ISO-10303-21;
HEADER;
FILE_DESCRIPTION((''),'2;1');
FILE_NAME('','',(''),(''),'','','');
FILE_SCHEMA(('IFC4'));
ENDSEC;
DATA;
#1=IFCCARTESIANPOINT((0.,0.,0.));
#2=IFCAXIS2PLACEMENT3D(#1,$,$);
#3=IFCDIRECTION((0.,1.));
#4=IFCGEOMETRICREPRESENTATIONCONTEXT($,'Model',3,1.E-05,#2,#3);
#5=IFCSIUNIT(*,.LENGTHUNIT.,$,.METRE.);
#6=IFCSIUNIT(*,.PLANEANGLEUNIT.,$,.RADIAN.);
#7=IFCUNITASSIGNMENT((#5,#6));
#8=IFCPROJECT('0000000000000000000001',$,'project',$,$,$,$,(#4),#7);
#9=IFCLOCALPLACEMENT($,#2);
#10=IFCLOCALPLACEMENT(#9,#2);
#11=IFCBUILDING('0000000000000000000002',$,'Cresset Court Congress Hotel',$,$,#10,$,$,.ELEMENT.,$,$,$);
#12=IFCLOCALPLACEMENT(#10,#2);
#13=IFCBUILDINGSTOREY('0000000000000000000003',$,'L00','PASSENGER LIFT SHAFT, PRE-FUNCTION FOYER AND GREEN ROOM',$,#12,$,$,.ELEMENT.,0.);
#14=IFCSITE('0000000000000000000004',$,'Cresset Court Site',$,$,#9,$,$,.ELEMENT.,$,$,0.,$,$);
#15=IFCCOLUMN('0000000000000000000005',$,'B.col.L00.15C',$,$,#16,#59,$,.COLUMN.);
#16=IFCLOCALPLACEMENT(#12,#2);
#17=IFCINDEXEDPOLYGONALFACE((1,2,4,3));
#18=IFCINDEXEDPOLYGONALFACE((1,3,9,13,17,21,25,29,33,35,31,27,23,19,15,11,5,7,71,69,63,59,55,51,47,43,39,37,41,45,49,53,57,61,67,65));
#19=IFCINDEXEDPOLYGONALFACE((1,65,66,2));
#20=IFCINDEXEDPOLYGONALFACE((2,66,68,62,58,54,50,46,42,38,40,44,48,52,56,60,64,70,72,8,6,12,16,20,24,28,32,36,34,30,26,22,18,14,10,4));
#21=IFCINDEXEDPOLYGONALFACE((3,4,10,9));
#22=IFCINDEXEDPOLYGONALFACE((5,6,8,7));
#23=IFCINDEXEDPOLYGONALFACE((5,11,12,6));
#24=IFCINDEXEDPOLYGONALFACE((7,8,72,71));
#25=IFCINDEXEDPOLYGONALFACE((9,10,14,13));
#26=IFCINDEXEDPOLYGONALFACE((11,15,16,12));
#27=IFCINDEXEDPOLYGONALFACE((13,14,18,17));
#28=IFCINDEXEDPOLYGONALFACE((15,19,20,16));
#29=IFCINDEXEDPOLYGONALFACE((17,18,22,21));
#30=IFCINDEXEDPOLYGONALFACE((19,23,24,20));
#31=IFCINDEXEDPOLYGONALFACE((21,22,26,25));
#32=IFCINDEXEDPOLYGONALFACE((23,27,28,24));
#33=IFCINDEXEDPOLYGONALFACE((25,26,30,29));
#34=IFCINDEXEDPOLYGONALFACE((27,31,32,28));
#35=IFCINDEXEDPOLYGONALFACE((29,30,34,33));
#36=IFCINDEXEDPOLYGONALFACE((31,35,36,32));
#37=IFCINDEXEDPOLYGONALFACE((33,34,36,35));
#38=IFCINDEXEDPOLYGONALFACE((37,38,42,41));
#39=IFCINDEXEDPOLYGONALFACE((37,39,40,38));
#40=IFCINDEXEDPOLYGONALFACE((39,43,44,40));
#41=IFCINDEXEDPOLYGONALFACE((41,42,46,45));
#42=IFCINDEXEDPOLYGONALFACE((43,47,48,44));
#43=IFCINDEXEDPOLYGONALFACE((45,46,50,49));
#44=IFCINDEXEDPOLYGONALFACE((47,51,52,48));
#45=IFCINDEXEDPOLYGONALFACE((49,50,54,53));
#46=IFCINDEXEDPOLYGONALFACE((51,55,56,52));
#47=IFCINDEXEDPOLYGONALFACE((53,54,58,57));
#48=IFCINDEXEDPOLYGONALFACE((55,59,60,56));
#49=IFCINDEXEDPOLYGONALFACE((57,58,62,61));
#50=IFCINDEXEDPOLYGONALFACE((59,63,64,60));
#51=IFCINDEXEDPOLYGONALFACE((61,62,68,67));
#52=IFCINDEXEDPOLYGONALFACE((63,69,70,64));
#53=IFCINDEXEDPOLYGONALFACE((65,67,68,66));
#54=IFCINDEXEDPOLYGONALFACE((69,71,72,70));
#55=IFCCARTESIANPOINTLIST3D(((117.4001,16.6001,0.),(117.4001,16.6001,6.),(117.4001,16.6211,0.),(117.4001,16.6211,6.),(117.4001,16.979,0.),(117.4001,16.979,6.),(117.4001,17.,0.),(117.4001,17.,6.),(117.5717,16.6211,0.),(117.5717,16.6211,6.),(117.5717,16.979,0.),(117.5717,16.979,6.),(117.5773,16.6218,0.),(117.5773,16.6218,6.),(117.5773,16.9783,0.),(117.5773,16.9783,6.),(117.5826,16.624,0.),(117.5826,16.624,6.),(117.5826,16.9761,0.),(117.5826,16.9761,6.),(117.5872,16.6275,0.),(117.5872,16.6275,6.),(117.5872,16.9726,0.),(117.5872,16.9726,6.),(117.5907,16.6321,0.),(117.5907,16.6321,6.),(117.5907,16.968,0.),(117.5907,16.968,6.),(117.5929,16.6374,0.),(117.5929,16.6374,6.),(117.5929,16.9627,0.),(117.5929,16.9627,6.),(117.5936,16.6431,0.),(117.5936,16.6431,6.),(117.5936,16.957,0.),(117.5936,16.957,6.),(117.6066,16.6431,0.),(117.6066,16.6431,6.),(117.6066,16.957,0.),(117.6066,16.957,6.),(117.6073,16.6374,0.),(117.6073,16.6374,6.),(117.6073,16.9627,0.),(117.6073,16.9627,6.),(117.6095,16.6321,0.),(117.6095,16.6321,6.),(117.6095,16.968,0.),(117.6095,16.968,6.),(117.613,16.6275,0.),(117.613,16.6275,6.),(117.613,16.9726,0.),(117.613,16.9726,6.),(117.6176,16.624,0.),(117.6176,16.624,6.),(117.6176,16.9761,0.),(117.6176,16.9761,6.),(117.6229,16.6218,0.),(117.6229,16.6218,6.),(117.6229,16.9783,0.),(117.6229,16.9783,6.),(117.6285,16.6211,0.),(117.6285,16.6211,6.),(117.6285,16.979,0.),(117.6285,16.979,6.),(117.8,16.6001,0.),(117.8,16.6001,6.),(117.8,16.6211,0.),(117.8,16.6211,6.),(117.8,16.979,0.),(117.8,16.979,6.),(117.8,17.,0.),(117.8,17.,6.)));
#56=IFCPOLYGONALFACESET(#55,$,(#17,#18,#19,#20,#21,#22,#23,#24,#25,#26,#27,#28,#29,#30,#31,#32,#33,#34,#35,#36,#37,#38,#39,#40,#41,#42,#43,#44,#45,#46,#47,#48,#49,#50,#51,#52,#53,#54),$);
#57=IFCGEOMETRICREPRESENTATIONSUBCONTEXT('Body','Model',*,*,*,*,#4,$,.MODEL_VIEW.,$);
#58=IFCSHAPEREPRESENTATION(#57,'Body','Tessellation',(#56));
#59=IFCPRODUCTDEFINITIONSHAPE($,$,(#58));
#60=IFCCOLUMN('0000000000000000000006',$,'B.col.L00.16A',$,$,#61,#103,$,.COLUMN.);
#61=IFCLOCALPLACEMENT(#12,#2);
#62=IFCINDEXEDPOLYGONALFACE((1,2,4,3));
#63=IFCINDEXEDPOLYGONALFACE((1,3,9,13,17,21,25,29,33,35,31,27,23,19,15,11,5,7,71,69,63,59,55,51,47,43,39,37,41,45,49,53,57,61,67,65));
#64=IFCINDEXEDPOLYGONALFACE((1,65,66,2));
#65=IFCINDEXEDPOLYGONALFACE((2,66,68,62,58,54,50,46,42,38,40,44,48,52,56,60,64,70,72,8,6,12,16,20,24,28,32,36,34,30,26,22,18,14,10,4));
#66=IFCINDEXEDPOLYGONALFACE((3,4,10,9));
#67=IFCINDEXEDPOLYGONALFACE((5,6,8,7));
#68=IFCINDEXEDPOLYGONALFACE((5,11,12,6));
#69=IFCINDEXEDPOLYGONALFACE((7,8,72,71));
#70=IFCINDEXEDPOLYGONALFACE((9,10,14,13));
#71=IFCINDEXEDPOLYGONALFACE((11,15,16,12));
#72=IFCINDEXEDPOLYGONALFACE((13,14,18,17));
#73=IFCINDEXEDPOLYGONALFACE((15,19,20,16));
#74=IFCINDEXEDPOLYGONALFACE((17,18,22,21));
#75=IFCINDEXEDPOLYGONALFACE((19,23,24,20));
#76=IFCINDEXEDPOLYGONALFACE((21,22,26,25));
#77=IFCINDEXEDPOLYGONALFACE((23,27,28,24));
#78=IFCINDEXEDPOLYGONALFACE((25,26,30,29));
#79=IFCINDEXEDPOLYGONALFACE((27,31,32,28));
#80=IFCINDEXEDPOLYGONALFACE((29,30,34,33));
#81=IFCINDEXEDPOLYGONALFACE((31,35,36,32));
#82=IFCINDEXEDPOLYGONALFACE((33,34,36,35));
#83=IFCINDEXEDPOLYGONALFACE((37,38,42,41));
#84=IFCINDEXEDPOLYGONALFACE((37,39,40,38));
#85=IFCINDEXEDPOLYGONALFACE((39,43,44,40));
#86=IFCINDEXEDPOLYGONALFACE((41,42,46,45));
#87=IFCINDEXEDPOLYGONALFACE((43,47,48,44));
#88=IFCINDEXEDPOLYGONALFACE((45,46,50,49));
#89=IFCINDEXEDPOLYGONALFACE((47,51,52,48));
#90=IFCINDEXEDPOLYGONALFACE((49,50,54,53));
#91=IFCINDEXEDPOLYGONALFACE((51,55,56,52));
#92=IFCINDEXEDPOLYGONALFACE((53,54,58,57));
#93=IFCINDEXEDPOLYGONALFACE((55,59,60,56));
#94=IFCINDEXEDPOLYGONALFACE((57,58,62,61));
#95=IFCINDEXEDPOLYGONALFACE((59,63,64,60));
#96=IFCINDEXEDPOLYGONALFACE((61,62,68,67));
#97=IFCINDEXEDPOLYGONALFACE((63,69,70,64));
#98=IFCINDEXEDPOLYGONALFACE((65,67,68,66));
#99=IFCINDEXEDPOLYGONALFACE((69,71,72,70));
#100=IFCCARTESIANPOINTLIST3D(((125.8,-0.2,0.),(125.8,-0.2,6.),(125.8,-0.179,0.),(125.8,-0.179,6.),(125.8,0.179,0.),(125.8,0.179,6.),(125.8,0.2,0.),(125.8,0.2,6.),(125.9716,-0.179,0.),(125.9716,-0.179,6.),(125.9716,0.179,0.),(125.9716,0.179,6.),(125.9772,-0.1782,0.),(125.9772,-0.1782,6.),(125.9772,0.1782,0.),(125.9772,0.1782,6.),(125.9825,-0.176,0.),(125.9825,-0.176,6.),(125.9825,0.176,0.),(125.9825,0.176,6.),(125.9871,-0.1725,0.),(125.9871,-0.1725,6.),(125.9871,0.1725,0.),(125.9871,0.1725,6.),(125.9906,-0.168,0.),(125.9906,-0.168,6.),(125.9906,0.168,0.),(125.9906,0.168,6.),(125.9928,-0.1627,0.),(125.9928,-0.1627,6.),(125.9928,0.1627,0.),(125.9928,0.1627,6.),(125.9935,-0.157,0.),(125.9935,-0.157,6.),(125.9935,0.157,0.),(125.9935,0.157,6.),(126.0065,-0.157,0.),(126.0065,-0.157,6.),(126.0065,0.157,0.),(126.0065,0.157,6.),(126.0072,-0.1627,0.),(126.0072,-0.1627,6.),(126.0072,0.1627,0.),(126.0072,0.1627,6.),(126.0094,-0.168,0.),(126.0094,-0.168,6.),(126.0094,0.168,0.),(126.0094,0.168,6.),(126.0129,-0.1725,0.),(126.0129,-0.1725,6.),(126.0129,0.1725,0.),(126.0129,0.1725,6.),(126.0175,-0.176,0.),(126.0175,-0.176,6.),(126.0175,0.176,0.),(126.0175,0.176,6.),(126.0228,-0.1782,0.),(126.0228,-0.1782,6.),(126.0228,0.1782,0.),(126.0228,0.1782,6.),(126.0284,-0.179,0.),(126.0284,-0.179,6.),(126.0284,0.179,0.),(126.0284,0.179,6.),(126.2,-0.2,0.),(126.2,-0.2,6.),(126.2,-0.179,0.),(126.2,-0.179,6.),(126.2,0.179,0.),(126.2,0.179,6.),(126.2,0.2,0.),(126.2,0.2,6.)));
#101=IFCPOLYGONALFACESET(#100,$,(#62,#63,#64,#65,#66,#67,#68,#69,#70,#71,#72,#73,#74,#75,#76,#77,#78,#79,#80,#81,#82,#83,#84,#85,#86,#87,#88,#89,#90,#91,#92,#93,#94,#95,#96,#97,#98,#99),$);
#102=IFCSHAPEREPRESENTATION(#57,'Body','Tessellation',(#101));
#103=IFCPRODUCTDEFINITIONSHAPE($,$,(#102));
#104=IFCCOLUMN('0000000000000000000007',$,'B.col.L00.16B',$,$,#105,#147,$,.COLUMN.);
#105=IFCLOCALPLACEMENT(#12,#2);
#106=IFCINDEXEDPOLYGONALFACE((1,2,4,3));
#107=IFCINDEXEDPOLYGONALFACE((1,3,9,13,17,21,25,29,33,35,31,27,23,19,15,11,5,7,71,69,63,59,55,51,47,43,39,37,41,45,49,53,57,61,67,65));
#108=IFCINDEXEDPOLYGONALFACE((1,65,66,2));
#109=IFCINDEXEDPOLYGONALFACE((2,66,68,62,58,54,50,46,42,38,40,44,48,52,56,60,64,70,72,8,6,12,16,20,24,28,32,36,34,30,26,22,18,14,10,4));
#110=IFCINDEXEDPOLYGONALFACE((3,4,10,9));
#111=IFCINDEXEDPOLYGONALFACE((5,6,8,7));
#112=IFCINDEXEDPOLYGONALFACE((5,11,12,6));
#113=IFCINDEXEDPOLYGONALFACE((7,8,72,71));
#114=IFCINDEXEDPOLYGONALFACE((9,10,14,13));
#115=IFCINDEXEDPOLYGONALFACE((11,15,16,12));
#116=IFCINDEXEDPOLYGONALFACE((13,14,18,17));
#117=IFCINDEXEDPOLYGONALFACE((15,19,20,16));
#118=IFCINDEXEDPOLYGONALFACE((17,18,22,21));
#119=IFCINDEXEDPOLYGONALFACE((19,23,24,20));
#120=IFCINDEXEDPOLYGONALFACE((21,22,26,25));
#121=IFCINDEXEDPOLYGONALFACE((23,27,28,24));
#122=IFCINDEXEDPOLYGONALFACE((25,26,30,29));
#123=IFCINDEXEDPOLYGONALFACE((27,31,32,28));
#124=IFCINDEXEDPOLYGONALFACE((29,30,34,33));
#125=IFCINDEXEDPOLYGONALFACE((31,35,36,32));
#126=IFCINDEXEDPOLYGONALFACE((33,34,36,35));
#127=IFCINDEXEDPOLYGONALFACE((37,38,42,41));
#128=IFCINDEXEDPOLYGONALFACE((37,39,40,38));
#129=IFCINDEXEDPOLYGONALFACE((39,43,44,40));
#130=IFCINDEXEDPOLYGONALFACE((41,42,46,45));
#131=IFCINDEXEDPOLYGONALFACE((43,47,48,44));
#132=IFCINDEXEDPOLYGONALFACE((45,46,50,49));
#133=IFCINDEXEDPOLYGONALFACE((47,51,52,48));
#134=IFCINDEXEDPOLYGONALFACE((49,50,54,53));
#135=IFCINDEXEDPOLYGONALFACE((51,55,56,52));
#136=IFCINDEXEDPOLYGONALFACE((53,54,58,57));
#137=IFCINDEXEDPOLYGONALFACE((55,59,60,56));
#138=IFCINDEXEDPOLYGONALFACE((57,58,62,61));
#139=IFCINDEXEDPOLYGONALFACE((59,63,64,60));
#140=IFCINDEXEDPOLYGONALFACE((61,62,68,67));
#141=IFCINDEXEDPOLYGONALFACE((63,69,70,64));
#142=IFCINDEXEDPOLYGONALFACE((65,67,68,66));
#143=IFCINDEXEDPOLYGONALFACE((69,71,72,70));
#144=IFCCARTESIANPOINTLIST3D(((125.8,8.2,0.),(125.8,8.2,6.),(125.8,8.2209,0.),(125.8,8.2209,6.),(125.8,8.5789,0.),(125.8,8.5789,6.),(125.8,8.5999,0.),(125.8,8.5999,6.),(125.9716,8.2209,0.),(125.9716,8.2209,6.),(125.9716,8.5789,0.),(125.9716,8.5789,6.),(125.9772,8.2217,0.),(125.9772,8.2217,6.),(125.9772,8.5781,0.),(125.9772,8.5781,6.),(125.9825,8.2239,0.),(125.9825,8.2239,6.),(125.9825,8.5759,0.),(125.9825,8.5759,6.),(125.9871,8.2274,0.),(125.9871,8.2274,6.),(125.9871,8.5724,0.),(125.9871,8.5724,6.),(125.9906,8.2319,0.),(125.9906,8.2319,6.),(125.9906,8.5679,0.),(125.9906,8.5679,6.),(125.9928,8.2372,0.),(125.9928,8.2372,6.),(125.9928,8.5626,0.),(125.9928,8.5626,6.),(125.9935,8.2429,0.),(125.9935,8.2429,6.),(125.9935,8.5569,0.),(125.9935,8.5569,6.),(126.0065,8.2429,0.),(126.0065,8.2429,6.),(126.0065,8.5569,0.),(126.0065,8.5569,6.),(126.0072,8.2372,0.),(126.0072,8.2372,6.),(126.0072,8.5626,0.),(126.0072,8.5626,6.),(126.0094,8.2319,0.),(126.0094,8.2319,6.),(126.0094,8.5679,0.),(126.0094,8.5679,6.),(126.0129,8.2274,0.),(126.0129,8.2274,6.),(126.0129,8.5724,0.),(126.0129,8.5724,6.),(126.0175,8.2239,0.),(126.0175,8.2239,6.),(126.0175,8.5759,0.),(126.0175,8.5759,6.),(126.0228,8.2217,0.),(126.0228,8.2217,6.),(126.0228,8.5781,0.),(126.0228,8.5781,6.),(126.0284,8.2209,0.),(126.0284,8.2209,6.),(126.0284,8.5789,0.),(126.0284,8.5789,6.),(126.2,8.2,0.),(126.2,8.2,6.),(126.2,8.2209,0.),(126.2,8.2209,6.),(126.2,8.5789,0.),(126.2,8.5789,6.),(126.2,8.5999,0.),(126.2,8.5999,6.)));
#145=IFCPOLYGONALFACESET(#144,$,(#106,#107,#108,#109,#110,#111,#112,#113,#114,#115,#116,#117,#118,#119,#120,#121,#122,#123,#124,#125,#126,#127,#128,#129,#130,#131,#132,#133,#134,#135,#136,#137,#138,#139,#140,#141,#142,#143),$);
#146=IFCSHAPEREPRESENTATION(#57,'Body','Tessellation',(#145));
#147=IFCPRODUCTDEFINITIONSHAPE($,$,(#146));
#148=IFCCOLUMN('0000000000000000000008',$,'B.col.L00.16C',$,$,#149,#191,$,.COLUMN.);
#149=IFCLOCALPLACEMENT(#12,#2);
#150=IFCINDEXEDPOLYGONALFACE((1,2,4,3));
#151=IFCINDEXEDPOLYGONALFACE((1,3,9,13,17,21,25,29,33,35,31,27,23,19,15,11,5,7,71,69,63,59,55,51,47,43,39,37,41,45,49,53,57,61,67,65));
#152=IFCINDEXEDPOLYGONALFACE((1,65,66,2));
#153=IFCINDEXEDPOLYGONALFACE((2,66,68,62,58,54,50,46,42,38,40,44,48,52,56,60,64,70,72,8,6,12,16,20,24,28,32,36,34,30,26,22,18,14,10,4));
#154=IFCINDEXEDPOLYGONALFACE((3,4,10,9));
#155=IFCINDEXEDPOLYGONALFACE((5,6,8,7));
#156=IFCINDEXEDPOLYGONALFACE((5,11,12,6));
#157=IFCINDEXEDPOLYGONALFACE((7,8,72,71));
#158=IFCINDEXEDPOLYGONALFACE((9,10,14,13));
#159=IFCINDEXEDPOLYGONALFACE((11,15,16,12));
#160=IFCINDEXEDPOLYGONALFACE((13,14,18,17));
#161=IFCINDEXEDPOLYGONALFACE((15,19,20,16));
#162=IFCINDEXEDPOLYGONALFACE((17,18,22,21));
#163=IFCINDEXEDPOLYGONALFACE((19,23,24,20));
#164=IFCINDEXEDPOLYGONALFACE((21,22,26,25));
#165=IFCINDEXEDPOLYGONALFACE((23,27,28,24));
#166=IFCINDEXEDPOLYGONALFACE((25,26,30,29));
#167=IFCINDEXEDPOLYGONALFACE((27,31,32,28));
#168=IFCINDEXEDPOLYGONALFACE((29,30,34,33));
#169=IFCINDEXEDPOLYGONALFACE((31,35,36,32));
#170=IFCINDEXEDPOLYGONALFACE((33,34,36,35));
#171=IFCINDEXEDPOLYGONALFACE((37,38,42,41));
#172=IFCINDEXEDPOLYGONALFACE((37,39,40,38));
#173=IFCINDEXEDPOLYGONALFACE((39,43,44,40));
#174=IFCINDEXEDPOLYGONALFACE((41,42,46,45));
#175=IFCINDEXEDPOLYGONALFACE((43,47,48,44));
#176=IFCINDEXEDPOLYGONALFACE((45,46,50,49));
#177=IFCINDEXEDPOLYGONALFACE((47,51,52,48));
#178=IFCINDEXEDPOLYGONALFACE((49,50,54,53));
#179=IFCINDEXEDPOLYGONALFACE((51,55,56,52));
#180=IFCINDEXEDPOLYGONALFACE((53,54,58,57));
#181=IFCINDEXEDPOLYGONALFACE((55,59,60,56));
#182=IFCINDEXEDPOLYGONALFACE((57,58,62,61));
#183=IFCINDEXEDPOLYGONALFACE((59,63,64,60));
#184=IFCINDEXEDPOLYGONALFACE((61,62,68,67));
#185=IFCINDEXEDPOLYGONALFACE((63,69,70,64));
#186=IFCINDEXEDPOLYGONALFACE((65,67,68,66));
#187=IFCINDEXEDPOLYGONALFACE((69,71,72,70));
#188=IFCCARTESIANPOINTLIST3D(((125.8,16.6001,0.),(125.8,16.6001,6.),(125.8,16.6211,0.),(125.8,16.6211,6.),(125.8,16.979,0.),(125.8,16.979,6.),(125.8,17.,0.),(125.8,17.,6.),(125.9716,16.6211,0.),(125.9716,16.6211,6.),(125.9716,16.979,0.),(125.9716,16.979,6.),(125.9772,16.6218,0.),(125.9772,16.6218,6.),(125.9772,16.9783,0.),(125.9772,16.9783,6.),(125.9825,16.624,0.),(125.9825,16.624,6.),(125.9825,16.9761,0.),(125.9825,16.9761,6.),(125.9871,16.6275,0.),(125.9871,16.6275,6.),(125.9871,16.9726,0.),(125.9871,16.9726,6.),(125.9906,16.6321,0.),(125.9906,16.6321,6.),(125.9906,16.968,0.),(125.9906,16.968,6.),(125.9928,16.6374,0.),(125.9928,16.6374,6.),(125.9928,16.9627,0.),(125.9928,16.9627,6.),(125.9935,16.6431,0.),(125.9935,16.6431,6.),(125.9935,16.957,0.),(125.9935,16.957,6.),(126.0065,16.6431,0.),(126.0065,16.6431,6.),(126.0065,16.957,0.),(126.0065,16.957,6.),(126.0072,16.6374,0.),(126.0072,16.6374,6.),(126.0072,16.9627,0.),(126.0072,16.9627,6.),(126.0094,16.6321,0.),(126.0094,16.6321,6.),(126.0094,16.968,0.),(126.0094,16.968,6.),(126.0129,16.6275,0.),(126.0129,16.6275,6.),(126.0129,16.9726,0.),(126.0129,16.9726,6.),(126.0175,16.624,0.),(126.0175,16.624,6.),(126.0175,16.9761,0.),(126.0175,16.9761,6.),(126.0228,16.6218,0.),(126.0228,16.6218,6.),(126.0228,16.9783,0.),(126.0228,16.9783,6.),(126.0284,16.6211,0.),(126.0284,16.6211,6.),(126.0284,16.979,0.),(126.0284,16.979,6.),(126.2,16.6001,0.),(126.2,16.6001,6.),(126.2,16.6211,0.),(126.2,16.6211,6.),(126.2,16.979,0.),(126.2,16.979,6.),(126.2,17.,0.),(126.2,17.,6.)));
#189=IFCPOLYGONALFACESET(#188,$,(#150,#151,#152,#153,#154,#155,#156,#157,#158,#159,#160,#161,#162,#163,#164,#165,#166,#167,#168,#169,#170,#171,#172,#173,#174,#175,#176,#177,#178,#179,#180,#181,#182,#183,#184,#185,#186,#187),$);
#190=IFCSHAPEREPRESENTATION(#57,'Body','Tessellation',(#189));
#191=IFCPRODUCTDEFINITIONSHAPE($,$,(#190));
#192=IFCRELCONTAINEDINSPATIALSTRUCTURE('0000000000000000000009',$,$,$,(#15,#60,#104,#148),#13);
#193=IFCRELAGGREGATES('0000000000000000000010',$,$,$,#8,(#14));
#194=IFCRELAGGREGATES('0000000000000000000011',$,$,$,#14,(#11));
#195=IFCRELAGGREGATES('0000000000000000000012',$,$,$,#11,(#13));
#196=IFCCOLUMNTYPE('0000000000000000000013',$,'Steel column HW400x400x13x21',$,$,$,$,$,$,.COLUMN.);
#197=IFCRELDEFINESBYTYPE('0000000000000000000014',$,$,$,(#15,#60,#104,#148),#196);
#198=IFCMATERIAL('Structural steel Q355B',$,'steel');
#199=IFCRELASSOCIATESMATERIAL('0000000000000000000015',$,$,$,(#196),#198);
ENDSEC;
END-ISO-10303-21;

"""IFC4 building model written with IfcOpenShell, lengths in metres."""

from ifc_helpers import new_model, si_unit, direction, frame, origin, origin_2d, place, context, subcontext, project, spatial, i_section, extrude, material, material_profile, profile_set, type_object, element, save


model = new_model("IFC4")

# Units and contexts
model_context = context("Model", 3, precision=1e-05, world=origin(), true_north=direction((0.0, 1.0)))
body_context = subcontext(model_context, "Body", "Model", "MODEL_VIEW")
ifc_project = project(units=[si_unit("LENGTHUNIT", "METRE"), si_unit("PLANEANGLEUNIT", "RADIAN")], contexts=[model_context])

# Site, building, storey
site_placement = place(None, origin())
site = spatial("IfcSite", under=ifc_project, at=site_placement, Name="Cresset Court Site", CompositionType="ELEMENT", RefElevation=0.0)
building_placement = place(site_placement, origin())
building = spatial("IfcBuilding", under=site, at=building_placement, Name="Cresset Court Congress Hotel", CompositionType="ELEMENT")
storey_placement = place(building_placement, origin())
storey = spatial("IfcBuildingStorey", under=building, at=storey_placement, Name="L00", Description="PASSENGER LIFT SHAFT, PRE-FUNCTION FOYER AND GREEN ROOM", CompositionType="ELEMENT", Elevation=0.0)

# Columns
ifc_material_1 = material(Name="Structural steel Q355B", Category="steel")
ifc_material_profile_1 = material_profile(ifc_material_1, i_section(OverallWidth=0.3999, OverallDepth=0.3999, WebThickness=0.0129, FlangeThickness=0.021, FilletRadius=0.022, at=origin_2d()), Name="HW400x400x13x21")
ifc_profile_set_1 = profile_set([ifc_material_profile_1], Name="Structural steel Q355B")
column_type = type_object("IfcColumnType", Name="Steel column HW400x400x13x21", PredefinedType="COLUMN", material=ifc_profile_set_1)
for number, where, z_axis, x_axis, name in (
    (1, (117.6001, 16.8, 0.0), (0.0, 0.0, 1.0), (1.0, 0.0, 0.0), "B.col.L00.15C"),
    (2, (126.0, 0.0, 0.0), (0.0, 0.0, 1.0), (1.0, 0.0, 0.0), "B.col.L00.16A"),
    (3, (126.0, 8.3999, 0.0), (0.0, 0.0, 1.0), (1.0, 0.0, 0.0), "B.col.L00.16B"),
    (4, (126.0, 16.8, 0.0), (0.0, 0.0, 1.0), (1.0, 0.0, 0.0), "B.col.L00.16C"),
):
    element("IfcColumn", number, at=place(storey_placement, frame(where, z_axis=z_axis, x_axis=x_axis)), inside=storey, type_object=column_type, Name=name, PredefinedType="COLUMN", context=body_context, shape_type="SweptSolid", body=[
        extrude(i_section(OverallWidth=0.3999, OverallDepth=0.3999, WebThickness=0.0129, FlangeThickness=0.021, FilletRadius=0.022, at=origin_2d()), origin(), (0.0, 0.0, 1.0), 6.0),
    ])

save(model, "model.ifc")
